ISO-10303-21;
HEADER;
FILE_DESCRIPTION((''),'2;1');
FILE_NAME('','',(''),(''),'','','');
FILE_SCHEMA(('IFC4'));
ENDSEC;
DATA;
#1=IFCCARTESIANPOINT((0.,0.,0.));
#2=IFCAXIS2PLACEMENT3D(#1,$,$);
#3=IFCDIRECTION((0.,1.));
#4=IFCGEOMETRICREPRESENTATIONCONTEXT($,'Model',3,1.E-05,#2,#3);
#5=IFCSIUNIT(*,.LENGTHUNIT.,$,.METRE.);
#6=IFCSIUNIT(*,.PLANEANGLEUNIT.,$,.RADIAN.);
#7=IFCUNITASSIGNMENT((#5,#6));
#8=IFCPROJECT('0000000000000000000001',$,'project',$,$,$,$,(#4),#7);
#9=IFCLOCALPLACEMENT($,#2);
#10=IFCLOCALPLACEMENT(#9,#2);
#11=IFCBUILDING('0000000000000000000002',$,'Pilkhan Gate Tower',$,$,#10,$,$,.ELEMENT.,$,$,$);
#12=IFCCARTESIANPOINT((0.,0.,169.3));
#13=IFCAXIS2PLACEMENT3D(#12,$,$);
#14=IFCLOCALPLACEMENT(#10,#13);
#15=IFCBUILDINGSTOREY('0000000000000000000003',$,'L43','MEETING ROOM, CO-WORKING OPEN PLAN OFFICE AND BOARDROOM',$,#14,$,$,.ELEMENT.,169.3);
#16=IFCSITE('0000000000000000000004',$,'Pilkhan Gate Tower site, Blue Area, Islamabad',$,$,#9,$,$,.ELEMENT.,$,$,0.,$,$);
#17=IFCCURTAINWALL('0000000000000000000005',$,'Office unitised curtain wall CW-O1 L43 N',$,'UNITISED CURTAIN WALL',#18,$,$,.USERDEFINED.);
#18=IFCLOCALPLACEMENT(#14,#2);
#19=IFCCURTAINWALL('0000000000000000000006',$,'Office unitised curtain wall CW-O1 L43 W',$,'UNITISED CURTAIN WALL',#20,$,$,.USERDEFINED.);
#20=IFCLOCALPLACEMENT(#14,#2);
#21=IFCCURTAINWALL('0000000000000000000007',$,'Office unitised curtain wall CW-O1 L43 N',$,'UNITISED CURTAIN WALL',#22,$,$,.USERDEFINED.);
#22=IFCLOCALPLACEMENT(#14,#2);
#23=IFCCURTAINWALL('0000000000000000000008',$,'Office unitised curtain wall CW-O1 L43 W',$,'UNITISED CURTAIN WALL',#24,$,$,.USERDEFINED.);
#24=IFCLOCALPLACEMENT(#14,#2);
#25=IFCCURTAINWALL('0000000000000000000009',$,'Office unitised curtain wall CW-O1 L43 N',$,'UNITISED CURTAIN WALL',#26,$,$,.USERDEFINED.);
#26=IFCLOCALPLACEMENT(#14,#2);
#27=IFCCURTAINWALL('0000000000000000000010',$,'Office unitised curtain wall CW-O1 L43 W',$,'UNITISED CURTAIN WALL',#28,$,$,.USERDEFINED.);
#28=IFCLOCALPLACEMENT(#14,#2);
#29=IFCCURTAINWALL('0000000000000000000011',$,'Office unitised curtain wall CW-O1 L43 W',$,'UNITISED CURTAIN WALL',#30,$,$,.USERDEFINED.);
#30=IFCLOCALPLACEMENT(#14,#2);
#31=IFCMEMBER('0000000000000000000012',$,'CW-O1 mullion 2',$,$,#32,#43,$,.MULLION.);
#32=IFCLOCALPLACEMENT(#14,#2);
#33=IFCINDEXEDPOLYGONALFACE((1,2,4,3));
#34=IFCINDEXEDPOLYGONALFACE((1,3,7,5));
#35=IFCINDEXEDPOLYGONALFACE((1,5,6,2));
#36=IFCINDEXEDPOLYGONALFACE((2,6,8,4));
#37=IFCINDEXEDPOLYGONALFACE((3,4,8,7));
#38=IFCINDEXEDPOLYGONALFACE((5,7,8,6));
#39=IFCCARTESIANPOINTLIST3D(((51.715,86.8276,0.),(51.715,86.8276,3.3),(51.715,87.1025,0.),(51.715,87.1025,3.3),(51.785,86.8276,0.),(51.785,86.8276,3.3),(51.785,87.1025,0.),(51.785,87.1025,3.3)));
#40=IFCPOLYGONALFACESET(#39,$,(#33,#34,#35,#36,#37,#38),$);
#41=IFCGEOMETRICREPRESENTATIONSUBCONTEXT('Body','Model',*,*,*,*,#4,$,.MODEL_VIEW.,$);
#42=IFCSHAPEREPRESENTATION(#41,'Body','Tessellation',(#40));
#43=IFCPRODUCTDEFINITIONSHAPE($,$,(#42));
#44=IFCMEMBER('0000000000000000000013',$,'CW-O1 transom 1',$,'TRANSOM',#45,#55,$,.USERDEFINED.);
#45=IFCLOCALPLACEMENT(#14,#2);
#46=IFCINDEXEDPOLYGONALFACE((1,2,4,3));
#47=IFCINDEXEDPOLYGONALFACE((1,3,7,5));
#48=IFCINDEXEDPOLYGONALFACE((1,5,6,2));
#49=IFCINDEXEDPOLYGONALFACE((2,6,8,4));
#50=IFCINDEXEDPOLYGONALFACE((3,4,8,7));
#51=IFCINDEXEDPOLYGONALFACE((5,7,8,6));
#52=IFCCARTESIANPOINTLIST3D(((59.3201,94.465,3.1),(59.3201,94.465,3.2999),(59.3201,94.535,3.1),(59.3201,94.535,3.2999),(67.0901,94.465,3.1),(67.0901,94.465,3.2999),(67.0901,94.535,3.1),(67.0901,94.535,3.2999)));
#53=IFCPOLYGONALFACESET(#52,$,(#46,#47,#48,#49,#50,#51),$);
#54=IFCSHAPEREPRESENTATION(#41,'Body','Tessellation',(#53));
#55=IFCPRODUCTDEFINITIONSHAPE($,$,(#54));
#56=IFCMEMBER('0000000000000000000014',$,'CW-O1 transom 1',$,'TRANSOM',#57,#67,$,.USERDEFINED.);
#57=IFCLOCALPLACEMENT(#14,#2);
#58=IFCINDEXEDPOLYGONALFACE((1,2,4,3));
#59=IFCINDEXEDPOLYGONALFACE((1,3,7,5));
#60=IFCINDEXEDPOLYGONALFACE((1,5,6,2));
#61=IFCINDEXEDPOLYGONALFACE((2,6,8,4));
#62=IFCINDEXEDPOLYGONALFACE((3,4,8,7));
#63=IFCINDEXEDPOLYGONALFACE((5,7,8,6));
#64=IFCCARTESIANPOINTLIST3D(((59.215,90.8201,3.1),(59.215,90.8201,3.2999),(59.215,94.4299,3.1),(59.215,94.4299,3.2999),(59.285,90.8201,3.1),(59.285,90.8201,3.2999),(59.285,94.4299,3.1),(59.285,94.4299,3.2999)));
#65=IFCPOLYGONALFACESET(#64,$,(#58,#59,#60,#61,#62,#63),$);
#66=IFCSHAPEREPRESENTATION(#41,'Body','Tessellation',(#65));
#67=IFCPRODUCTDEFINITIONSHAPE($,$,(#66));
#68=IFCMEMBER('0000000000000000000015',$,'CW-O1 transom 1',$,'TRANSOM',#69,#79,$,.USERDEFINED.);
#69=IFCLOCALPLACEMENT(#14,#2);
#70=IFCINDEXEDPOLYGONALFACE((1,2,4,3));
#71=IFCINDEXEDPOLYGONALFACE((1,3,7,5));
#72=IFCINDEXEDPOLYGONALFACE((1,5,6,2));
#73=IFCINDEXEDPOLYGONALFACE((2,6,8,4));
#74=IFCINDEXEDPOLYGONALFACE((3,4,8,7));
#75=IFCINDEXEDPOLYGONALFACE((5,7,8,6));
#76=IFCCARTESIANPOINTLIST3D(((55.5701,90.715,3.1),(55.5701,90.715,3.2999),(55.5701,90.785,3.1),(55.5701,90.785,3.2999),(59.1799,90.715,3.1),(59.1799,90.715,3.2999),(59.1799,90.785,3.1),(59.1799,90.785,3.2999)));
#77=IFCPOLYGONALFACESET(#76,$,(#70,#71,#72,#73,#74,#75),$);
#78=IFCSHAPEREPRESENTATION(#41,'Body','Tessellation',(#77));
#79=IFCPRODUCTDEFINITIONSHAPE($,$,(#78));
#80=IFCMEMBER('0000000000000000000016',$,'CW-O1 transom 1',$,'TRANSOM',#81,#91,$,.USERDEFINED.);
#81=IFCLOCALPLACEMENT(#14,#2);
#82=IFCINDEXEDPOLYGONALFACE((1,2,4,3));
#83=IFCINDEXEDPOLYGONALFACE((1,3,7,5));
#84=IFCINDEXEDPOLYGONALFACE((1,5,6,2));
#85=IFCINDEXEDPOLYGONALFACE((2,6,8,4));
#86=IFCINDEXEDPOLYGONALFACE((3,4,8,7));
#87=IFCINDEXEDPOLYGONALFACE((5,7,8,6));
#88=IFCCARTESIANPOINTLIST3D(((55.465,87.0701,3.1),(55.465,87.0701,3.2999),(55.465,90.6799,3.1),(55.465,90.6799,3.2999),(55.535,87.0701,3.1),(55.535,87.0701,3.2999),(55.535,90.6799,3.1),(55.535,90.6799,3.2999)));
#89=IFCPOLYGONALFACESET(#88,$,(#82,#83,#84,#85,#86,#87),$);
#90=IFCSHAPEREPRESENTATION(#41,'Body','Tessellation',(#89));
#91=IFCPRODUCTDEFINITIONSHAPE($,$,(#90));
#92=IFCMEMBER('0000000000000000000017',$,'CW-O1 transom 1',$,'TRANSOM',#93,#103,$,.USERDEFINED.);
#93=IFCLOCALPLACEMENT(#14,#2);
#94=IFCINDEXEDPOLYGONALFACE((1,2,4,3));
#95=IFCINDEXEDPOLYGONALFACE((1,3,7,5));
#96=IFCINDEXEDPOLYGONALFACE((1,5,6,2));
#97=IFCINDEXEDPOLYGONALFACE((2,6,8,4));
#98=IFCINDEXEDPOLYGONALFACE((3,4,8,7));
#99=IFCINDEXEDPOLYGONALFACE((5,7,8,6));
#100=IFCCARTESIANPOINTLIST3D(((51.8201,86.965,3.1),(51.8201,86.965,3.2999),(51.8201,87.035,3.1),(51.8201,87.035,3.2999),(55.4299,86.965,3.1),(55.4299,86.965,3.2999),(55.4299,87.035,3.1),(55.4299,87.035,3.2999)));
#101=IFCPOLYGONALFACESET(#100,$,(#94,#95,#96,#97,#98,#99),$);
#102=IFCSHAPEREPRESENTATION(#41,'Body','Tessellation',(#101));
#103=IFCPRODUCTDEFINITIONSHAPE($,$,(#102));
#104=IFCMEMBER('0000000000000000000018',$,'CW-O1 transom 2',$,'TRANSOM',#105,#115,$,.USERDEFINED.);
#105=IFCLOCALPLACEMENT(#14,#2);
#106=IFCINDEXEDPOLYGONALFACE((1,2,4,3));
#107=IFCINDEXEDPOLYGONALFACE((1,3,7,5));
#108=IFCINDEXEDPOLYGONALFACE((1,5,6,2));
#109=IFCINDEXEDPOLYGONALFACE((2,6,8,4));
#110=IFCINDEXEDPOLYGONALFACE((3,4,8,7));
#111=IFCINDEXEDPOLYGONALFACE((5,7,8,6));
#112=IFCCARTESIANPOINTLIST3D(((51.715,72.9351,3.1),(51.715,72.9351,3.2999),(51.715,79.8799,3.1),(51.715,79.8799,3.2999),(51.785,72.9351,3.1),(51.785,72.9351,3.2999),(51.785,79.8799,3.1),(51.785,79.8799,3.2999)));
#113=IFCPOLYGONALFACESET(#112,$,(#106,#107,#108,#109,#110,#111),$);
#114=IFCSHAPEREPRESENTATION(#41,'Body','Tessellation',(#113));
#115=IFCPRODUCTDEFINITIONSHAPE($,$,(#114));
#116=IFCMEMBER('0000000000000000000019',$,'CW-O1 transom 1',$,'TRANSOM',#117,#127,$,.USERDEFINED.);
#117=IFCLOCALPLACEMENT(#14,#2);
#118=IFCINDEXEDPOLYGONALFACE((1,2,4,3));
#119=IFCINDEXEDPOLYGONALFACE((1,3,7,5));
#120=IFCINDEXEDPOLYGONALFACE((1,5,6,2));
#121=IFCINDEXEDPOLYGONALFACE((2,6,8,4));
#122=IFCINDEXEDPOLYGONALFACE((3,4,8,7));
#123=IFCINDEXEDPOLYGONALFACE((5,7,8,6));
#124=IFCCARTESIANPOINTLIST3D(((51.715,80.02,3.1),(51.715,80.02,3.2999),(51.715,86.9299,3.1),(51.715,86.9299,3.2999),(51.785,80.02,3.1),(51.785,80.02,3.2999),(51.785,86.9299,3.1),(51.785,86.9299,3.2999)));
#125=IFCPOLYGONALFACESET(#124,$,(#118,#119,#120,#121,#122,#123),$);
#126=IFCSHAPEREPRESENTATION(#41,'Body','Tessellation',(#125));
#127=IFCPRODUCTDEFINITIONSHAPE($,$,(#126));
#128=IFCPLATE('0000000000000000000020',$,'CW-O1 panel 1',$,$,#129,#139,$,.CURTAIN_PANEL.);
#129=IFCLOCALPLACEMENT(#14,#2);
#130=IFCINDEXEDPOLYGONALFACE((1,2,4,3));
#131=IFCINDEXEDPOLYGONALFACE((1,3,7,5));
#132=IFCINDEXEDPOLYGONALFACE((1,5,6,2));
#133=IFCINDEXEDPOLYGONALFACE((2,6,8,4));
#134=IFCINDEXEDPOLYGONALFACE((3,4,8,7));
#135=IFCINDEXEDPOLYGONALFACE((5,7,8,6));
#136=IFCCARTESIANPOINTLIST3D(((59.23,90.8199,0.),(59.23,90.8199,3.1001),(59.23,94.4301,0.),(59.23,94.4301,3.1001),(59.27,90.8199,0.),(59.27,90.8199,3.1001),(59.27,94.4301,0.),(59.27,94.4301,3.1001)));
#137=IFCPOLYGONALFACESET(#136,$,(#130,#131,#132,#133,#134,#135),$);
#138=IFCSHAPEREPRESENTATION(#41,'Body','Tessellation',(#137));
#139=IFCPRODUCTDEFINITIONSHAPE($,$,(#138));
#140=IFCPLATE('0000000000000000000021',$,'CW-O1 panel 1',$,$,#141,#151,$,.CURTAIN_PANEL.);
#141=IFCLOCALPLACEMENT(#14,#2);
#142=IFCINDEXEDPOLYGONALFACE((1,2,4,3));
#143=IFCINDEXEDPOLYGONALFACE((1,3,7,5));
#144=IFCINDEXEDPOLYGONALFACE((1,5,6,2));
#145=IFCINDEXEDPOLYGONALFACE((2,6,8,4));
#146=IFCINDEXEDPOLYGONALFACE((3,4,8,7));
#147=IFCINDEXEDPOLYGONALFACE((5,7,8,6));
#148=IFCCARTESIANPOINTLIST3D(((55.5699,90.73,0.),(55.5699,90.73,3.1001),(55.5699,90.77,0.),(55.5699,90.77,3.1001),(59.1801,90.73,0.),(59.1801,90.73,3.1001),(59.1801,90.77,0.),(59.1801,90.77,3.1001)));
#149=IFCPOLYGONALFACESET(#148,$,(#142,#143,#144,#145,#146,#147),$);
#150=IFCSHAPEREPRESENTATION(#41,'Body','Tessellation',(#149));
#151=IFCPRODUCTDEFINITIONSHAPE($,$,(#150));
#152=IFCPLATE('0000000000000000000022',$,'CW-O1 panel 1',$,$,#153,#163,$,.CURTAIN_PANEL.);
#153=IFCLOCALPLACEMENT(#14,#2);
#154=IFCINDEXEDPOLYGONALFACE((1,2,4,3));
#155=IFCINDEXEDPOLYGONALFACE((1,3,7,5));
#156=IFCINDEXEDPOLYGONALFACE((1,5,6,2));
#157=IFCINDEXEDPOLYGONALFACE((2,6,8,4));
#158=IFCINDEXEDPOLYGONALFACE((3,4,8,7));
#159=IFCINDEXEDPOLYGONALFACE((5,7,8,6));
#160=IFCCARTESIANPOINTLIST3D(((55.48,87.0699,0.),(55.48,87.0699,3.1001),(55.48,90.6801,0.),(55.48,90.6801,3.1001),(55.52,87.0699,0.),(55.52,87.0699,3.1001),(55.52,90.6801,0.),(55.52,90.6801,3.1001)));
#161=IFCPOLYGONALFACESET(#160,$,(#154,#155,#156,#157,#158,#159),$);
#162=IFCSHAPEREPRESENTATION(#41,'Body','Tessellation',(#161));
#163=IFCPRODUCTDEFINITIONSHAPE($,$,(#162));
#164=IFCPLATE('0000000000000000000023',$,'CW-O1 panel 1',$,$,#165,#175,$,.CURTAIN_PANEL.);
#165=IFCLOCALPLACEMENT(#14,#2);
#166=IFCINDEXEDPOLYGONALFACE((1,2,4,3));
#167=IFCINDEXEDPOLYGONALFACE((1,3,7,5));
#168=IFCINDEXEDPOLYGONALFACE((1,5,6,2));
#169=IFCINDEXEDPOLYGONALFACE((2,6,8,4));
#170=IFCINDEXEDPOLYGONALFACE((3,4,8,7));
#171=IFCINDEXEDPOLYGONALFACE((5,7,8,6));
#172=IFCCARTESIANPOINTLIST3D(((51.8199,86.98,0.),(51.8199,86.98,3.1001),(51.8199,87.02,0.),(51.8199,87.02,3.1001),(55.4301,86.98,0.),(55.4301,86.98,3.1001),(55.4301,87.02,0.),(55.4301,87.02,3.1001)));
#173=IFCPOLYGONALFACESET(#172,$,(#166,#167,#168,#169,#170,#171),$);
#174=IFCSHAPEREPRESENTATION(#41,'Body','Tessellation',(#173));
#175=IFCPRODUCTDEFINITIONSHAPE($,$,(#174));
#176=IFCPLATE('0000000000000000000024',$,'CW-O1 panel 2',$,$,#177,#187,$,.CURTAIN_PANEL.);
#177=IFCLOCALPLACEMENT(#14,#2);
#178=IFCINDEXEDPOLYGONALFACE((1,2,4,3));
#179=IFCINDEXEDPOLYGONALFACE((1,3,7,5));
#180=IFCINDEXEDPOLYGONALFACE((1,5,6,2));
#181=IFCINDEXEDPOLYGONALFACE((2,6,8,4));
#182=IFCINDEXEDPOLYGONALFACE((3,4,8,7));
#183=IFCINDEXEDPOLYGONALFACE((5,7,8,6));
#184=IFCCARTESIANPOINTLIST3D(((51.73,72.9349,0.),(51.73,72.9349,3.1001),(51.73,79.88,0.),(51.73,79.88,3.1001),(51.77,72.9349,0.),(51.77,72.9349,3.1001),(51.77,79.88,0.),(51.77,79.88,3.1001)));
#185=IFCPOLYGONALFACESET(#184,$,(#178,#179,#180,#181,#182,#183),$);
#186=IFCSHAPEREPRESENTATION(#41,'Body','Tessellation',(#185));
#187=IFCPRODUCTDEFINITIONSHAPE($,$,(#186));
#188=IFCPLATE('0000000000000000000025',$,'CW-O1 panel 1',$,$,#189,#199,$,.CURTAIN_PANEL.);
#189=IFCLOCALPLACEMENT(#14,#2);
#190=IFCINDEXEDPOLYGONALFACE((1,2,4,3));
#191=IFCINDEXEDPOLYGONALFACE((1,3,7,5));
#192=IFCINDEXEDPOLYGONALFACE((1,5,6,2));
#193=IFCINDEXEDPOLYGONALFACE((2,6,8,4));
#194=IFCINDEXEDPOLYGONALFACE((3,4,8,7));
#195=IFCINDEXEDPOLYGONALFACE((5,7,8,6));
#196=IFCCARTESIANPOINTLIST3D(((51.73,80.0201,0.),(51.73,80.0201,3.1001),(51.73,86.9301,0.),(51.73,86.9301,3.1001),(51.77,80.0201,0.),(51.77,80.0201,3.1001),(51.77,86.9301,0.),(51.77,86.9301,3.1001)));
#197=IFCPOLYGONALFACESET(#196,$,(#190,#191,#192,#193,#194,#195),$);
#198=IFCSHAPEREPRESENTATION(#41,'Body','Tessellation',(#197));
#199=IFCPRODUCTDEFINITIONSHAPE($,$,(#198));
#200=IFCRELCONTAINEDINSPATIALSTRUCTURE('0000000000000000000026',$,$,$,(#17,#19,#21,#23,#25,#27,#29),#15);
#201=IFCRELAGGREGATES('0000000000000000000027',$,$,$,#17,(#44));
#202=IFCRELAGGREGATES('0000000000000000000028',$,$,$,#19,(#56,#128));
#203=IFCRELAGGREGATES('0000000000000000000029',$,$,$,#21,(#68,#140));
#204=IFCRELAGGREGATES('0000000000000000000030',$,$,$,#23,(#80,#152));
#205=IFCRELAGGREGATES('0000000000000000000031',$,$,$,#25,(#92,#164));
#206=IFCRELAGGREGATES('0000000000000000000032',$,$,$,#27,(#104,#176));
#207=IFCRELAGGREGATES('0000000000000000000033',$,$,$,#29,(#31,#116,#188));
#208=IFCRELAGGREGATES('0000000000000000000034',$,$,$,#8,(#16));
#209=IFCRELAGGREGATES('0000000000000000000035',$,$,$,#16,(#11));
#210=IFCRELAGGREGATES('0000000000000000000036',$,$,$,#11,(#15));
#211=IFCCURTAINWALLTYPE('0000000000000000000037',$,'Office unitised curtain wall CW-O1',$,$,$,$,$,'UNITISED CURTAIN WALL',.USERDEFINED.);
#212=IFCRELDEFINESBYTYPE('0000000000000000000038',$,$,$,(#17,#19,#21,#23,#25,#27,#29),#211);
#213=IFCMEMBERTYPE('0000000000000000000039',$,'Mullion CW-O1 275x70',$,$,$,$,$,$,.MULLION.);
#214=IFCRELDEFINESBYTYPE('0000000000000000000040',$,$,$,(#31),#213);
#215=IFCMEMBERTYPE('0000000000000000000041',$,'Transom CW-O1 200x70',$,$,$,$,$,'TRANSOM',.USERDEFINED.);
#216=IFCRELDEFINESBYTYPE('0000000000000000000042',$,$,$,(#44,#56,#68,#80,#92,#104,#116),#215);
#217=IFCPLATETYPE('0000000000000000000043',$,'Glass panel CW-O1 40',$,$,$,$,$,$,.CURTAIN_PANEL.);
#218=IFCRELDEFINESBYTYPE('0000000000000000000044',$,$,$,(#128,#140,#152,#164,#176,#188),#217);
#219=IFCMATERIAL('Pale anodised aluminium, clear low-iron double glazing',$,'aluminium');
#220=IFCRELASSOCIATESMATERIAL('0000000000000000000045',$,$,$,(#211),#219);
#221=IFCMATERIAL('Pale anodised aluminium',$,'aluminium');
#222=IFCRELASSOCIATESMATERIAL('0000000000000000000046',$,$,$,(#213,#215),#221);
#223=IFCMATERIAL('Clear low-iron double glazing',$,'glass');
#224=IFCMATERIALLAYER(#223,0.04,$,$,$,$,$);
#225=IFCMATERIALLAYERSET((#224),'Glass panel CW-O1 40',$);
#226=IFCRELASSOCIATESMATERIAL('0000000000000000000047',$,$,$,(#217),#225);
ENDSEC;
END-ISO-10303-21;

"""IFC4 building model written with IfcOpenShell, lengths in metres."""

from ifc_helpers import new_model, si_unit, direction, frame, origin, origin_2d, place, context, subcontext, project, spatial, rectangle, extrude, material, layer, layer_set, material_profile, profile_set, type_object, element, aggregate, save


model = new_model("IFC4")

# Units and contexts
model_context = context("Model", 3, precision=1e-05, world=origin(), true_north=direction((0.0, 1.0)))
body_context = subcontext(model_context, "Body", "Model", "MODEL_VIEW")
ifc_project = project(units=[si_unit("LENGTHUNIT", "METRE"), si_unit("PLANEANGLEUNIT", "RADIAN")], contexts=[model_context])

# Site, building, storey
site_placement = place(None, origin())
site = spatial("IfcSite", under=ifc_project, at=site_placement, Name="Pilkhan Gate Tower site, Blue Area, Islamabad", CompositionType="ELEMENT", RefElevation=0.0)
building_placement = place(site_placement, origin())
building = spatial("IfcBuilding", under=site, at=building_placement, Name="Pilkhan Gate Tower", CompositionType="ELEMENT")
storey_placement = place(building_placement, frame((0.0, 0.0, 169.3)))
storey = spatial("IfcBuildingStorey", under=building, at=storey_placement, Name="L43", Description="MEETING ROOM, CO-WORKING OPEN PLAN OFFICE AND BOARDROOM", CompositionType="ELEMENT", Elevation=169.3)

# Curtain wall
ifc_material_1 = material(Name="Pale anodised aluminium, clear low-iron double glazing", Category="aluminium")
curtain_wall_type = type_object("IfcCurtainWallType", Name="Office unitised curtain wall CW-O1", ElementType="UNITISED CURTAIN WALL", PredefinedType="USERDEFINED", material=ifc_material_1)
curtain_wall_1_placement = place(storey_placement, origin())
curtain_wall_1 = element("IfcCurtainWall", 1, at=curtain_wall_1_placement, inside=storey, type_object=curtain_wall_type, Name="Office unitised curtain wall CW-O1 L43 N", ObjectType="UNITISED CURTAIN WALL", PredefinedType="USERDEFINED")
ifc_material_2 = material(Name="Pale anodised aluminium", Category="aluminium")
ifc_material_profile_1 = material_profile(ifc_material_2, rectangle(XDim=0.0701, YDim=0.2749, at=origin_2d()), Name="Mullion 275x70")
ifc_profile_set_1 = profile_set([ifc_material_profile_1], Name="Pale anodised aluminium")
member_type_1 = type_object("IfcMemberType", Name="Mullion CW-O1 275x70", PredefinedType="MULLION", material=ifc_profile_set_1)

# Curtain walls
curtain_wall_2_placement = place(storey_placement, origin())
curtain_wall_2 = element("IfcCurtainWall", 2, at=curtain_wall_2_placement, inside=storey, type_object=curtain_wall_type, Name="Office unitised curtain wall CW-O1 L43 W", ObjectType="UNITISED CURTAIN WALL", PredefinedType="USERDEFINED")
curtain_wall_3_placement = place(storey_placement, origin())
curtain_wall_3 = element("IfcCurtainWall", 3, at=curtain_wall_3_placement, inside=storey, type_object=curtain_wall_type, Name="Office unitised curtain wall CW-O1 L43 N", ObjectType="UNITISED CURTAIN WALL", PredefinedType="USERDEFINED")
curtain_wall_4_placement = place(storey_placement, origin())
curtain_wall_4 = element("IfcCurtainWall", 4, at=curtain_wall_4_placement, inside=storey, type_object=curtain_wall_type, Name="Office unitised curtain wall CW-O1 L43 W", ObjectType="UNITISED CURTAIN WALL", PredefinedType="USERDEFINED")
curtain_wall_5_placement = place(storey_placement, origin())
curtain_wall_5 = element("IfcCurtainWall", 5, at=curtain_wall_5_placement, inside=storey, type_object=curtain_wall_type, Name="Office unitised curtain wall CW-O1 L43 N", ObjectType="UNITISED CURTAIN WALL", PredefinedType="USERDEFINED")

# Curtain wall
curtain_wall_6_placement = place(storey_placement, origin())
curtain_wall_6 = element("IfcCurtainWall", 6, at=curtain_wall_6_placement, inside=storey, type_object=curtain_wall_type, Name="Office unitised curtain wall CW-O1 L43 W", ObjectType="UNITISED CURTAIN WALL", PredefinedType="USERDEFINED")

# Curtain wall, member
curtain_wall_7_placement = place(storey_placement, origin())
curtain_wall_7 = element("IfcCurtainWall", 7, at=curtain_wall_7_placement, inside=storey, type_object=curtain_wall_type, Name="Office unitised curtain wall CW-O1 L43 W", ObjectType="UNITISED CURTAIN WALL", PredefinedType="USERDEFINED")
member_1_placement = place(storey_placement, frame((51.75, 86.9651, 0.0), z_axis=(0.0, 0.0, 1.0), x_axis=(-1.0, 0.0, 0.0)))
member_1 = element("IfcMember", 8, at=member_1_placement, type_object=member_type_1, Name="CW-O1 mullion 2", PredefinedType="MULLION", context=body_context, shape_type="SweptSolid", body=[
    extrude(rectangle(XDim=0.0701, YDim=0.2749, at=origin_2d()), origin(), (0.0, 0.0, 1.0), 3.3),
])

# Members
ifc_material_profile_2 = material_profile(ifc_material_2, rectangle(XDim=0.0701, YDim=0.2, at=origin_2d()), Name="Transom 200x70")
ifc_profile_set_2 = profile_set([ifc_material_profile_2], Name="Pale anodised aluminium")
member_type_2 = type_object("IfcMemberType", Name="Transom CW-O1 200x70", ElementType="TRANSOM", PredefinedType="USERDEFINED", material=ifc_profile_set_2)
member_2_placement = place(storey_placement, frame((59.3201, 94.5, 3.2), z_axis=(1.0, 0.0, 0.0), x_axis=(0.0, 1.0, 0.0)))
member_2 = element("IfcMember", 9, at=member_2_placement, type_object=member_type_2, Name="CW-O1 transom 1", ObjectType="TRANSOM", PredefinedType="USERDEFINED", context=body_context, shape_type="SweptSolid", body=[
    extrude(rectangle(XDim=0.0701, YDim=0.2, at=origin_2d()), origin(), (0.0, 0.0, 1.0), 7.77),
])
aggregate(curtain_wall_1, [member_2])
member_3_placement = place(storey_placement, frame((59.25, 90.8201, 3.2), z_axis=(0.0, 1.0, 0.0), x_axis=(-1.0, 0.0, 0.0)))
member_3 = element("IfcMember", 10, at=member_3_placement, type_object=member_type_2, Name="CW-O1 transom 1", ObjectType="TRANSOM", PredefinedType="USERDEFINED", context=body_context, shape_type="SweptSolid", body=[
    extrude(rectangle(XDim=0.0701, YDim=0.2, at=origin_2d()), origin(), (0.0, 0.0, 1.0), 3.6099),
])
member_4_placement = place(storey_placement, frame((55.5701, 90.75, 3.2), z_axis=(1.0, 0.0, 0.0), x_axis=(0.0, 1.0, 0.0)))
member_4 = element("IfcMember", 11, at=member_4_placement, type_object=member_type_2, Name="CW-O1 transom 1", ObjectType="TRANSOM", PredefinedType="USERDEFINED", context=body_context, shape_type="SweptSolid", body=[
    extrude(rectangle(XDim=0.0701, YDim=0.2, at=origin_2d()), origin(), (0.0, 0.0, 1.0), 3.6099),
])
member_5_placement = place(storey_placement, frame((55.5, 87.0701, 3.2), z_axis=(0.0, 1.0, 0.0), x_axis=(-1.0, 0.0, 0.0)))
member_5 = element("IfcMember", 12, at=member_5_placement, type_object=member_type_2, Name="CW-O1 transom 1", ObjectType="TRANSOM", PredefinedType="USERDEFINED", context=body_context, shape_type="SweptSolid", body=[
    extrude(rectangle(XDim=0.0701, YDim=0.2, at=origin_2d()), origin(), (0.0, 0.0, 1.0), 3.6099),
])
member_6_placement = place(storey_placement, frame((51.8201, 87.0, 3.2), z_axis=(1.0, 0.0, 0.0), x_axis=(0.0, 1.0, 0.0)))
member_6 = element("IfcMember", 13, at=member_6_placement, type_object=member_type_2, Name="CW-O1 transom 1", ObjectType="TRANSOM", PredefinedType="USERDEFINED", context=body_context, shape_type="SweptSolid", body=[
    extrude(rectangle(XDim=0.0701, YDim=0.2, at=origin_2d()), origin(), (0.0, 0.0, 1.0), 3.6099),
])
member_7_placement = place(storey_placement, frame((51.75, 72.9351, 3.2), z_axis=(0.0, 1.0, 0.0), x_axis=(-1.0, 0.0, 0.0)))
member_7 = element("IfcMember", 14, at=member_7_placement, type_object=member_type_2, Name="CW-O1 transom 2", ObjectType="TRANSOM", PredefinedType="USERDEFINED", context=body_context, shape_type="SweptSolid", body=[
    extrude(rectangle(XDim=0.0701, YDim=0.2, at=origin_2d()), origin(), (0.0, 0.0, 1.0), 6.9448),
])
member_8_placement = place(storey_placement, frame((51.75, 80.02, 3.2), z_axis=(0.0, 1.0, 0.0), x_axis=(-1.0, 0.0, 0.0)))
member_8 = element("IfcMember", 15, at=member_8_placement, type_object=member_type_2, Name="CW-O1 transom 1", ObjectType="TRANSOM", PredefinedType="USERDEFINED", context=body_context, shape_type="SweptSolid", body=[
    extrude(rectangle(XDim=0.0701, YDim=0.2, at=origin_2d()), origin(), (0.0, 0.0, 1.0), 6.9099),
])

# Plates
ifc_material_3 = material(Name="Clear low-iron double glazing", Category="glass")
ifc_layer_1 = layer(ifc_material_3, 0.04)
ifc_layer_set_1 = layer_set([ifc_layer_1], Name="Glass panel CW-O1 40")
plate_type = type_object("IfcPlateType", Name="Glass panel CW-O1 40", PredefinedType="CURTAIN_PANEL", material=ifc_layer_set_1)
plate_1_placement = place(storey_placement, frame((59.25, 92.625, 0.0), z_axis=(0.0, 0.0, 1.0), x_axis=(0.0, 1.0, 0.0)))
plate_1 = element("IfcPlate", 16, at=plate_1_placement, type_object=plate_type, Name="CW-O1 panel 1", PredefinedType="CURTAIN_PANEL", context=body_context, shape_type="SweptSolid", body=[
    extrude(rectangle(XDim=3.6101, YDim=0.04, at=origin_2d()), origin(), (0.0, 0.0, 1.0), 3.1001),
])
aggregate(curtain_wall_2, [member_3, plate_1])
plate_2_placement = place(storey_placement, frame((57.375, 90.75, 0.0), z_axis=(0.0, 0.0, 1.0), x_axis=(1.0, 0.0, 0.0)))
plate_2 = element("IfcPlate", 17, at=plate_2_placement, type_object=plate_type, Name="CW-O1 panel 1", PredefinedType="CURTAIN_PANEL", context=body_context, shape_type="SweptSolid", body=[
    extrude(rectangle(XDim=3.6101, YDim=0.04, at=origin_2d()), origin(), (0.0, 0.0, 1.0), 3.1001),
])
aggregate(curtain_wall_3, [member_4, plate_2])
plate_3_placement = place(storey_placement, frame((55.5, 88.875, 0.0), z_axis=(0.0, 0.0, 1.0), x_axis=(0.0, 1.0, 0.0)))
plate_3 = element("IfcPlate", 18, at=plate_3_placement, type_object=plate_type, Name="CW-O1 panel 1", PredefinedType="CURTAIN_PANEL", context=body_context, shape_type="SweptSolid", body=[
    extrude(rectangle(XDim=3.6101, YDim=0.04, at=origin_2d()), origin(), (0.0, 0.0, 1.0), 3.1001),
])
aggregate(curtain_wall_4, [member_5, plate_3])
plate_4_placement = place(storey_placement, frame((53.625, 87.0, 0.0), z_axis=(0.0, 0.0, 1.0), x_axis=(1.0, 0.0, 0.0)))
plate_4 = element("IfcPlate", 19, at=plate_4_placement, type_object=plate_type, Name="CW-O1 panel 1", PredefinedType="CURTAIN_PANEL", context=body_context, shape_type="SweptSolid", body=[
    extrude(rectangle(XDim=3.6101, YDim=0.04, at=origin_2d()), origin(), (0.0, 0.0, 1.0), 3.1001),
])
aggregate(curtain_wall_5, [member_6, plate_4])
plate_5_placement = place(storey_placement, frame((51.75, 76.4075, 0.0), z_axis=(0.0, 0.0, 1.0), x_axis=(0.0, 1.0, 0.0)))
plate_5 = element("IfcPlate", 20, at=plate_5_placement, type_object=plate_type, Name="CW-O1 panel 2", PredefinedType="CURTAIN_PANEL", context=body_context, shape_type="SweptSolid", body=[
    extrude(rectangle(XDim=6.9451, YDim=0.04, at=origin_2d()), origin(), (0.0, 0.0, 1.0), 3.1001),
])
aggregate(curtain_wall_6, [member_7, plate_5])
plate_6_placement = place(storey_placement, frame((51.75, 83.4751, 0.0), z_axis=(0.0, 0.0, 1.0), x_axis=(0.0, 1.0, 0.0)))
plate_6 = element("IfcPlate", 21, at=plate_6_placement, type_object=plate_type, Name="CW-O1 panel 1", PredefinedType="CURTAIN_PANEL", context=body_context, shape_type="SweptSolid", body=[
    extrude(rectangle(XDim=6.9099, YDim=0.04, at=origin_2d()), origin(), (0.0, 0.0, 1.0), 3.1001),
])
aggregate(curtain_wall_7, [member_1, member_8, plate_6])

save(model, "model.ifc")
